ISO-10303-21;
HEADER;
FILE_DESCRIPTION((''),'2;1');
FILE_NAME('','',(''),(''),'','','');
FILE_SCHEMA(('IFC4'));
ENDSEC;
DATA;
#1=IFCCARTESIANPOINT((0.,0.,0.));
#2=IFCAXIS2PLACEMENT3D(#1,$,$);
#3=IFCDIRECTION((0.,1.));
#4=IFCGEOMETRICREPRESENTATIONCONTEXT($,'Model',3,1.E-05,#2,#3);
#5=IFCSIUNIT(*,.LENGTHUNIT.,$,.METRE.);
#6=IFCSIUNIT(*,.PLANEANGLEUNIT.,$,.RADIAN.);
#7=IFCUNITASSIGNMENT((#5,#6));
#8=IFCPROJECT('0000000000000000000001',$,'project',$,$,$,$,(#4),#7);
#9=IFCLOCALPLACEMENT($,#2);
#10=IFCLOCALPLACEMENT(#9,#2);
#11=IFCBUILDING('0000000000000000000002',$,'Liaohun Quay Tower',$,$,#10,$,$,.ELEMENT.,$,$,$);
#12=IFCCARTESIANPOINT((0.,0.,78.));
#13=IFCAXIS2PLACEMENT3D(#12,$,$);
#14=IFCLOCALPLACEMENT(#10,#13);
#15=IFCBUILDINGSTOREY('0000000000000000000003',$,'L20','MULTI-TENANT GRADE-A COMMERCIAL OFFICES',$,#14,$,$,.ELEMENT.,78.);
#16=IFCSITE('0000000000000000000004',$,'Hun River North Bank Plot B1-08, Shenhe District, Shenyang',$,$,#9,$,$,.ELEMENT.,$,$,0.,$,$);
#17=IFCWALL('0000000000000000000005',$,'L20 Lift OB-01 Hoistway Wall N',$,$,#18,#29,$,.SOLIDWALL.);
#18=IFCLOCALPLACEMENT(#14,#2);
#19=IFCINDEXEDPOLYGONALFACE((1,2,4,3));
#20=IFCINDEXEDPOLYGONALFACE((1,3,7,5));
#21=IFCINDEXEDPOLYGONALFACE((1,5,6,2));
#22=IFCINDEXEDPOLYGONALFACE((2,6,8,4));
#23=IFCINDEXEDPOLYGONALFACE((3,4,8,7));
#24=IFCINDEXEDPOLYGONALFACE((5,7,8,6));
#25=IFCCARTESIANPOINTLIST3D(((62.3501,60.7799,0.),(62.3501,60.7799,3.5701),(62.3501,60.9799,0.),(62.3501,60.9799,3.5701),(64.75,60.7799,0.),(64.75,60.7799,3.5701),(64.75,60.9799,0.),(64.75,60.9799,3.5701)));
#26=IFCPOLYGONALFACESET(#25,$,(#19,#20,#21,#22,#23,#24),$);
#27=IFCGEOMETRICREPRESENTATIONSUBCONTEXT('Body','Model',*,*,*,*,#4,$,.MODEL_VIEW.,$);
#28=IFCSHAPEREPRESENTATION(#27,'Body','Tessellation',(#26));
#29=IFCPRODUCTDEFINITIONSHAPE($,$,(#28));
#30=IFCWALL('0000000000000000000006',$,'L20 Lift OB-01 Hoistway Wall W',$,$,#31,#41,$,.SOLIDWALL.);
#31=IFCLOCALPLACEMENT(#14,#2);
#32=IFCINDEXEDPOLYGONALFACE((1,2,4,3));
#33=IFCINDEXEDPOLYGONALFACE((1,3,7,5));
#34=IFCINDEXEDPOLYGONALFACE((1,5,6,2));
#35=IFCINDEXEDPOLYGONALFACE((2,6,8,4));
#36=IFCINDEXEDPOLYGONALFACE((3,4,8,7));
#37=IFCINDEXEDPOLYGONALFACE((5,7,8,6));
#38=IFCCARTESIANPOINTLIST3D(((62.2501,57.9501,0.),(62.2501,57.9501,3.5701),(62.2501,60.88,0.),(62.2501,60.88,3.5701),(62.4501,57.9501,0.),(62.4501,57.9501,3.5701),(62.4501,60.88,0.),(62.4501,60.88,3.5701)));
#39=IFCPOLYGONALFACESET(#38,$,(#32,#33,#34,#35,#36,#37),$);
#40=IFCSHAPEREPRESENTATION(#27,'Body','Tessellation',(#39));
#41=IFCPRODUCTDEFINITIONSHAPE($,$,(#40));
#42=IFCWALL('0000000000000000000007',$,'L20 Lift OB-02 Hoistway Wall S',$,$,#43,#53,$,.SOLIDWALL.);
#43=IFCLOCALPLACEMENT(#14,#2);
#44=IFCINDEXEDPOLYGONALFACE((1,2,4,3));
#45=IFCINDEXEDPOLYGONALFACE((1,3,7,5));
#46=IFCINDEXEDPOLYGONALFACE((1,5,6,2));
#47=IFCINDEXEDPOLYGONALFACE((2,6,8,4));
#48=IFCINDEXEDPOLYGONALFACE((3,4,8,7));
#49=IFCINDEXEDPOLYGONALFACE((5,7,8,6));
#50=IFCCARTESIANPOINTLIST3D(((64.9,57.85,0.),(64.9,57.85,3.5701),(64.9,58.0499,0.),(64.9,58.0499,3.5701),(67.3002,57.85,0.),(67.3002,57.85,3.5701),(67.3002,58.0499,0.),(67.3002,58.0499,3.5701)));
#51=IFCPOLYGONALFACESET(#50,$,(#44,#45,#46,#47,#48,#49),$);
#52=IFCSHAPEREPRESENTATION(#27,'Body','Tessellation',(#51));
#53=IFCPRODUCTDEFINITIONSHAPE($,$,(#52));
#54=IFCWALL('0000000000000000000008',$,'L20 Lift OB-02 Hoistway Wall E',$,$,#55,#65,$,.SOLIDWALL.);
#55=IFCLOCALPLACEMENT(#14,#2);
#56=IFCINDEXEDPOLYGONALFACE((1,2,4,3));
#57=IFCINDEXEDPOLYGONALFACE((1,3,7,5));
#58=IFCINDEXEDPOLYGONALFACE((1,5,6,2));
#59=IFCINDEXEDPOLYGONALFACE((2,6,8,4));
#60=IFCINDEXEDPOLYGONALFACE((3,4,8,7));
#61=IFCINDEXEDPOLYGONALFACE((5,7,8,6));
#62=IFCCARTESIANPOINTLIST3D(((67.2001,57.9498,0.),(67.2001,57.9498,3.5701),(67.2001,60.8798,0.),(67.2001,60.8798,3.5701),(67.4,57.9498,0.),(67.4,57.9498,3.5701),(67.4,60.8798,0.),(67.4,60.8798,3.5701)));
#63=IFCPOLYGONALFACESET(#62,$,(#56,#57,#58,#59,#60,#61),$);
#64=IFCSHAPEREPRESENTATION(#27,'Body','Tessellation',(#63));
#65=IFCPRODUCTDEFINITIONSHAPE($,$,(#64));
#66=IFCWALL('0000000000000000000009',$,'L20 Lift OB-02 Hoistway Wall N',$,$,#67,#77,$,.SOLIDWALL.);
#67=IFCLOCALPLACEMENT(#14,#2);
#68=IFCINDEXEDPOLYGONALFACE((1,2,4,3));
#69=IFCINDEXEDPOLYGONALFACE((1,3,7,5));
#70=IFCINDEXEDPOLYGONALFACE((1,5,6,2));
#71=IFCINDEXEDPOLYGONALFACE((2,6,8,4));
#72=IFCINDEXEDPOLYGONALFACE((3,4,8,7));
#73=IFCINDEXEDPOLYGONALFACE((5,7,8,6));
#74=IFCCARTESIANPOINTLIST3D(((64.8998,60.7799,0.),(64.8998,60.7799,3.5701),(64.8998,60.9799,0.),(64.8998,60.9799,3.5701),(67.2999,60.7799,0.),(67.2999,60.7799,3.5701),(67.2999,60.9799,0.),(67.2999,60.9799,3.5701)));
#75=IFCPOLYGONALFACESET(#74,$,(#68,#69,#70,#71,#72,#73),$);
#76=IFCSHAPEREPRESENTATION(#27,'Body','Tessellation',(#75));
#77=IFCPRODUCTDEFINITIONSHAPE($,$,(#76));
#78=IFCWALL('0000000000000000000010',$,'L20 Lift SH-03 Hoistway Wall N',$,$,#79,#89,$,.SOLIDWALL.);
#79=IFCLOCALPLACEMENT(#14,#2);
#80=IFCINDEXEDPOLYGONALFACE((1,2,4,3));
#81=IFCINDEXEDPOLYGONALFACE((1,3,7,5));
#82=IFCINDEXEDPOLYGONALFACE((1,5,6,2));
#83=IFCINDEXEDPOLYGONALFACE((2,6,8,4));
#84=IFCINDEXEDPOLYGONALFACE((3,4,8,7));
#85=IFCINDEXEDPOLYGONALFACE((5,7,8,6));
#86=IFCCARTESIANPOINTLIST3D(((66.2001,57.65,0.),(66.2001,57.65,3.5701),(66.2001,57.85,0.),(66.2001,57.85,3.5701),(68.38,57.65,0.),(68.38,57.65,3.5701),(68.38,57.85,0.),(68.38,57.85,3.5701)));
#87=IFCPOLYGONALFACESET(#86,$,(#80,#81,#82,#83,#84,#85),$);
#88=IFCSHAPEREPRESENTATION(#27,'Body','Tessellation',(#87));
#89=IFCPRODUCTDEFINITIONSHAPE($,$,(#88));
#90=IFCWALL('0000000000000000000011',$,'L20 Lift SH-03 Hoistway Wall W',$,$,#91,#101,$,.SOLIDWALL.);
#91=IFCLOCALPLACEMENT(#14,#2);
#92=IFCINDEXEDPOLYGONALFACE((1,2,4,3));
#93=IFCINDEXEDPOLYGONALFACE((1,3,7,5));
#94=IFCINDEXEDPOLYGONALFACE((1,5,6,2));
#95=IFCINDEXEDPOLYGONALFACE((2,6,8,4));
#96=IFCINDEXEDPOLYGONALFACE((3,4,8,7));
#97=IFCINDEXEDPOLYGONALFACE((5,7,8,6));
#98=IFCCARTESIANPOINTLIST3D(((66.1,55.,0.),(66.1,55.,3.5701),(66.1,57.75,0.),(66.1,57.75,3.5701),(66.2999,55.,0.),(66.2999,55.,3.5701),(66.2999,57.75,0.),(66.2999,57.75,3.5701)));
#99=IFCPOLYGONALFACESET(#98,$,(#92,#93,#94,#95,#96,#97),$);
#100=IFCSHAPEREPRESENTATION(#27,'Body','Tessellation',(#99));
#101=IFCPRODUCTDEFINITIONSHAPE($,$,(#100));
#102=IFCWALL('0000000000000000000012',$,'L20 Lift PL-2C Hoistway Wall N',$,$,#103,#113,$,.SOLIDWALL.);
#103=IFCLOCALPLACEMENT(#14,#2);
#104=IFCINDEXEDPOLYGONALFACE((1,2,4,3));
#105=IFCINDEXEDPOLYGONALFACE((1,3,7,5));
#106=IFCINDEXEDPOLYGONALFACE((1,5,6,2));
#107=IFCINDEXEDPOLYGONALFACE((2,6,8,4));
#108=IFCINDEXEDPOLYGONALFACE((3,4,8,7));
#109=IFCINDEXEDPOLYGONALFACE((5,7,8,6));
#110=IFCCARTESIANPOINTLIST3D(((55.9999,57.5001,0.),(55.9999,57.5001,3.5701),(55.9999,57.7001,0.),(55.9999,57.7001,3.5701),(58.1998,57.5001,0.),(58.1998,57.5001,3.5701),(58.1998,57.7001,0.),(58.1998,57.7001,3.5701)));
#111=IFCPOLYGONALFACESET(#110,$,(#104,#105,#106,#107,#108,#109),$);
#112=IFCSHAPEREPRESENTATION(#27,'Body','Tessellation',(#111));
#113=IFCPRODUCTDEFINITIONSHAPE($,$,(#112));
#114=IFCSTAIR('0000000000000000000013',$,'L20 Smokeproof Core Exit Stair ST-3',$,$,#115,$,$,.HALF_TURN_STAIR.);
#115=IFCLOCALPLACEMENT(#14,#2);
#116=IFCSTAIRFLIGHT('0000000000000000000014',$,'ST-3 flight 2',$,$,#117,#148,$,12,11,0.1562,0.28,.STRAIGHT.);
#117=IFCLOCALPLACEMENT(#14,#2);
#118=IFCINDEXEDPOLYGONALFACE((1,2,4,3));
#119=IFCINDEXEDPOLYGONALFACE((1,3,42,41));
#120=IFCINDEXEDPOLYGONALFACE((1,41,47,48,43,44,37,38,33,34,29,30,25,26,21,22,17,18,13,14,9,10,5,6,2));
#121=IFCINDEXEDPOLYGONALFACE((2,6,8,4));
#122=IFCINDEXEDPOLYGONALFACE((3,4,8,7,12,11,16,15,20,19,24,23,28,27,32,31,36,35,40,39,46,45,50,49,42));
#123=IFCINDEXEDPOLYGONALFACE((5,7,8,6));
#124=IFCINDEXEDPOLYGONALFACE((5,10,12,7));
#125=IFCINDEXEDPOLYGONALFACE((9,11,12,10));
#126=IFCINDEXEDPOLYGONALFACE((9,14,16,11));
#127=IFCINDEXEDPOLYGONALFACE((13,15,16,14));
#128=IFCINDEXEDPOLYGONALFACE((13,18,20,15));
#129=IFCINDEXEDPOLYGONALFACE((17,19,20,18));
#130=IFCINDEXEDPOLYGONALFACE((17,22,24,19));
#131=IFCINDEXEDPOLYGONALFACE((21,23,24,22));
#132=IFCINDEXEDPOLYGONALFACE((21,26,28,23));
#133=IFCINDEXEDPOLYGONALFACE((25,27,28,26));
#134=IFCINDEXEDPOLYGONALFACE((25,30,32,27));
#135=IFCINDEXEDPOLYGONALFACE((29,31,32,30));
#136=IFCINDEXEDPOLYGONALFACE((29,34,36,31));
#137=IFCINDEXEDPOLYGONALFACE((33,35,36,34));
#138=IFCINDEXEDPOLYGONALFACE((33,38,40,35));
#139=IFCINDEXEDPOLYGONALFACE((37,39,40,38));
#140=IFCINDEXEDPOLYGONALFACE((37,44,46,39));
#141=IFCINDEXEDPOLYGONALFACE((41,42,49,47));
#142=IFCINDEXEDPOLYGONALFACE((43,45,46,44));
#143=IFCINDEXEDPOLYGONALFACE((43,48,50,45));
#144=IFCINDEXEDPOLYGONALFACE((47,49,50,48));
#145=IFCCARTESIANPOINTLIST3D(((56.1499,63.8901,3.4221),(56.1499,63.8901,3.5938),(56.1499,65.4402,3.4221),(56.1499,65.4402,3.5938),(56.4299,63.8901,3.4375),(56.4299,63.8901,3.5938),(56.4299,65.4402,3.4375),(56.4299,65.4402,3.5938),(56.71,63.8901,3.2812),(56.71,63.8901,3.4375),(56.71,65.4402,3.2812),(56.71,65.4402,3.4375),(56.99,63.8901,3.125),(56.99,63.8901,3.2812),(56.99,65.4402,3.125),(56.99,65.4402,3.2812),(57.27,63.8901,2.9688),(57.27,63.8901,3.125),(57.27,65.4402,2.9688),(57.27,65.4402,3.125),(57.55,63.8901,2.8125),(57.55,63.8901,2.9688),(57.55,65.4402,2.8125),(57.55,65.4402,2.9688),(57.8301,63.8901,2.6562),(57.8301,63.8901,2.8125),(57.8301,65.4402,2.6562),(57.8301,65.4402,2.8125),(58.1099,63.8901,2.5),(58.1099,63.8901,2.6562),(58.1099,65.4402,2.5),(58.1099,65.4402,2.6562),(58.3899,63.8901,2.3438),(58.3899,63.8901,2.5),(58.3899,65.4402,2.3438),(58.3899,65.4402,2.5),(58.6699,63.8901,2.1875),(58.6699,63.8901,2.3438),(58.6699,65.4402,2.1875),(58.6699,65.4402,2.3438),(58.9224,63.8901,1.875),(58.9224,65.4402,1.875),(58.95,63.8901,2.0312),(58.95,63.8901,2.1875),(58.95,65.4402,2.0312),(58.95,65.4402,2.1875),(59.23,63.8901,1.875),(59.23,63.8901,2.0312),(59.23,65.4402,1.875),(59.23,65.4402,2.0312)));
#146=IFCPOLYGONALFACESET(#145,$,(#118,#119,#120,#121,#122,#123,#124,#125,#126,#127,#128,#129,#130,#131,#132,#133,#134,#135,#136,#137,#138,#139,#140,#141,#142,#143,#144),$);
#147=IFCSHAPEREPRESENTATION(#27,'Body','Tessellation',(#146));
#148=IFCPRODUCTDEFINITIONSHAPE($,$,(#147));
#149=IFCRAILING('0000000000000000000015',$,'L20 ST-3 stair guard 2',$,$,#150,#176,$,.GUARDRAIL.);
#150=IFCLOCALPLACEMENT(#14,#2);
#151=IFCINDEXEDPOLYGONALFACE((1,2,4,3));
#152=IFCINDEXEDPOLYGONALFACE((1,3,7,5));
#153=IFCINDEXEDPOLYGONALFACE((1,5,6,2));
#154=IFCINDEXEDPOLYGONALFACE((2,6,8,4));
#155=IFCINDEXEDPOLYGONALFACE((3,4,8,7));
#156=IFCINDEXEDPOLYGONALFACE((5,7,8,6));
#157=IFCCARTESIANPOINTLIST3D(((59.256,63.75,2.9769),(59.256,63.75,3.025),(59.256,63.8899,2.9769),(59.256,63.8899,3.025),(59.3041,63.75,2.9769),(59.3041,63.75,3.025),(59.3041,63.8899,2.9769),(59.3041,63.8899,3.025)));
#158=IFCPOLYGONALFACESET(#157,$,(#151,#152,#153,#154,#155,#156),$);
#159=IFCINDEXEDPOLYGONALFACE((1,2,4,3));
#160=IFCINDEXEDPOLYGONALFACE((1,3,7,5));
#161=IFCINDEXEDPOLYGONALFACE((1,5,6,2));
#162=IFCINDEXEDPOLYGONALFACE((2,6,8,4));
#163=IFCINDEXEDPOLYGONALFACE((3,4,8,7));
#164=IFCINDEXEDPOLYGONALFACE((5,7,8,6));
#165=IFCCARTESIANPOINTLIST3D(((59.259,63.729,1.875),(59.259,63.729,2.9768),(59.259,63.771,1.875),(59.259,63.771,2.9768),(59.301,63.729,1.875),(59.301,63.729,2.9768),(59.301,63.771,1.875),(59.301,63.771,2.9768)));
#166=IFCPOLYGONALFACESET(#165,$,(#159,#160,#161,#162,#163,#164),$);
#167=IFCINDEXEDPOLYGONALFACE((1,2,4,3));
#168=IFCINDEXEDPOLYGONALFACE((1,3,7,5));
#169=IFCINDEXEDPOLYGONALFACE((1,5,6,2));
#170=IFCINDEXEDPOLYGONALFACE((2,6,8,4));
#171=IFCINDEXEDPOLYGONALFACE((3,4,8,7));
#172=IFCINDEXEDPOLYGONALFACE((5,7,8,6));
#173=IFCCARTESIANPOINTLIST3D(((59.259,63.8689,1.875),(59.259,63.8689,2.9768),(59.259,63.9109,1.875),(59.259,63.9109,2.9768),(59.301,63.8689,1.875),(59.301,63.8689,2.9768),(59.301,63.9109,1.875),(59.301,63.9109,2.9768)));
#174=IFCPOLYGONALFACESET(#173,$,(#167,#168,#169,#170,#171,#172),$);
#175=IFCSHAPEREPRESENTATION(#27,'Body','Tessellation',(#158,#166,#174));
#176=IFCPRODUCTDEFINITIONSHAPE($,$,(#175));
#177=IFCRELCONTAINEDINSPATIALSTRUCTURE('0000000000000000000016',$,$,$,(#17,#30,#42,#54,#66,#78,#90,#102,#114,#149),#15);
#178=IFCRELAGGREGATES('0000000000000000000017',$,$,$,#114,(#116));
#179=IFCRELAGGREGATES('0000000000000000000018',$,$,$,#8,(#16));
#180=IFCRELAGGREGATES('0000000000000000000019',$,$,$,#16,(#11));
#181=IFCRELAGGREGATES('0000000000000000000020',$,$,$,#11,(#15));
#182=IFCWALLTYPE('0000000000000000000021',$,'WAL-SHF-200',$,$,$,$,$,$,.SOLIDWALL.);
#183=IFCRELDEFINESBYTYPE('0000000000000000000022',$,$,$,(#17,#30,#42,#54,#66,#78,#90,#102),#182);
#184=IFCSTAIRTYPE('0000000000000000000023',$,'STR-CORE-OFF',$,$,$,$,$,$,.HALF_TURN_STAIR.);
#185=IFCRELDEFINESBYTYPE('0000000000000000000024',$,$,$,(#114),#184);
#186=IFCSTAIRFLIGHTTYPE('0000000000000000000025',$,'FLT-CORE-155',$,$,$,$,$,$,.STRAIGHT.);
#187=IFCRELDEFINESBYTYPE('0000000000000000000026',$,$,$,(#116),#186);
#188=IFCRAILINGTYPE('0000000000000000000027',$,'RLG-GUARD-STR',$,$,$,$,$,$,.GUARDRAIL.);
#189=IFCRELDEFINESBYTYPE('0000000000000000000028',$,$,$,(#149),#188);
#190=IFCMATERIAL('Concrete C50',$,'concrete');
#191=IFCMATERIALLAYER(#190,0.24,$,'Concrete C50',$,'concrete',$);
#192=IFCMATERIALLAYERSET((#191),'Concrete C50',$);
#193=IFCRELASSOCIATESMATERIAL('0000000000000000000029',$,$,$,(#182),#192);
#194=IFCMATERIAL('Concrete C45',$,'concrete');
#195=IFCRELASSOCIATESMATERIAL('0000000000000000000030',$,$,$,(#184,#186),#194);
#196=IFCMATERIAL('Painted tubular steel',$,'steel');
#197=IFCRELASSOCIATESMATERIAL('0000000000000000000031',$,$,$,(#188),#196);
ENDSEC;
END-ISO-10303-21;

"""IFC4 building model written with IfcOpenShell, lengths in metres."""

from ifc_helpers import new_model, si_unit, direction, frame, frame_2d, origin, origin_2d, place, context, subcontext, project, spatial, polyline, rectangle, outline, extrude, material, layer, layer_set, type_object, element, aggregate, save


model = new_model("IFC4")

# Units and contexts
model_context = context("Model", 3, precision=1e-05, world=origin(), true_north=direction((0.0, 1.0)))
body_context = subcontext(model_context, "Body", "Model", "MODEL_VIEW")
ifc_project = project(units=[si_unit("LENGTHUNIT", "METRE"), si_unit("PLANEANGLEUNIT", "RADIAN")], contexts=[model_context])

# Site, building, storey
site_placement = place(None, origin())
site = spatial("IfcSite", under=ifc_project, at=site_placement, Name="Hun River North Bank Plot B1-08, Shenhe District, Shenyang", CompositionType="ELEMENT", RefElevation=0.0)
building_placement = place(site_placement, origin())
building = spatial("IfcBuilding", under=site, at=building_placement, Name="Liaohun Quay Tower", CompositionType="ELEMENT")
storey_placement = place(building_placement, frame((0.0, 0.0, 78.0)))
storey = spatial("IfcBuildingStorey", under=building, at=storey_placement, Name="L20", Description="MULTI-TENANT GRADE-A COMMERCIAL OFFICES", CompositionType="ELEMENT", Elevation=78.0)

# Shared definitions
ifc_material_1 = material(Name="Concrete C50", Category="concrete")
ifc_layer_1 = layer(ifc_material_1, 0.24, Name="Concrete C50", Category="concrete")
ifc_layer_set_1 = layer_set([ifc_layer_1], Name="Concrete C50")
wall_type_1 = type_object("IfcWallType", Name="WAL-SHF-200", PredefinedType="SOLIDWALL", material=ifc_layer_set_1)

# Walls
wall_1_placement = place(storey_placement, frame((64.75, 60.8799, 0.0), z_axis=(0.0, 0.0, 1.0), x_axis=(-1.0, 0.0, 0.0)))
element("IfcWall", 1, at=wall_1_placement, inside=storey, type_object=wall_type_1, Name="L20 Lift OB-01 Hoistway Wall N", PredefinedType="SOLIDWALL", context=body_context, shape_type="SweptSolid", body=[
    extrude(rectangle(XDim=2.3999, YDim=0.2, at=frame_2d((1.2, 0.0))), origin(), (0.0, 0.0, 1.0), 3.5701),
])
wall_2_placement = place(storey_placement, frame((62.3501, 60.8799, 0.0), z_axis=(0.0, 0.0, 1.0), x_axis=(0.0, -1.0, 0.0)))
element("IfcWall", 2, at=wall_2_placement, inside=storey, type_object=wall_type_1, Name="L20 Lift OB-01 Hoistway Wall W", PredefinedType="SOLIDWALL", context=body_context, shape_type="SweptSolid", body=[
    extrude(rectangle(XDim=2.9299, YDim=0.2, at=frame_2d((1.4648, 0.0))), origin(), (0.0, 0.0, 1.0), 3.5701),
])
wall_3_placement = place(storey_placement, frame((64.8999, 57.95, 0.0), z_axis=(0.0, 0.0, 1.0), x_axis=(1.0, 0.0, 0.0)))
element("IfcWall", 3, at=wall_3_placement, inside=storey, type_object=wall_type_1, Name="L20 Lift OB-02 Hoistway Wall S", PredefinedType="SOLIDWALL", context=body_context, shape_type="SweptSolid", body=[
    extrude(rectangle(XDim=2.4001, YDim=0.2, at=frame_2d((1.2002, 0.0))), origin(), (0.0, 0.0, 1.0), 3.5701),
])
wall_4_placement = place(storey_placement, frame((67.3, 57.95, 0.0), z_axis=(0.0, 0.0, 1.0), x_axis=(0.0, 1.0, 0.0)))
element("IfcWall", 4, at=wall_4_placement, inside=storey, type_object=wall_type_1, Name="L20 Lift OB-02 Hoistway Wall E", PredefinedType="SOLIDWALL", context=body_context, shape_type="SweptSolid", body=[
    extrude(rectangle(XDim=2.9299, YDim=0.2, at=frame_2d((1.4648, 0.0))), origin(), (0.0, 0.0, 1.0), 3.5701),
])
wall_5_placement = place(storey_placement, frame((67.3, 60.8799, 0.0), z_axis=(0.0, 0.0, 1.0), x_axis=(-1.0, 0.0, 0.0)))
element("IfcWall", 5, at=wall_5_placement, inside=storey, type_object=wall_type_1, Name="L20 Lift OB-02 Hoistway Wall N", PredefinedType="SOLIDWALL", context=body_context, shape_type="SweptSolid", body=[
    extrude(rectangle(XDim=2.4001, YDim=0.2, at=frame_2d((1.2002, 0.0))), origin(), (0.0, 0.0, 1.0), 3.5701),
])
wall_6_placement = place(storey_placement, frame((68.3799, 57.75, 0.0), z_axis=(0.0, 0.0, 1.0), x_axis=(-1.0, 0.0, 0.0)))
element("IfcWall", 6, at=wall_6_placement, inside=storey, type_object=wall_type_1, Name="L20 Lift SH-03 Hoistway Wall N", PredefinedType="SOLIDWALL", context=body_context, shape_type="SweptSolid", body=[
    extrude(rectangle(XDim=2.1799, YDim=0.2, at=frame_2d((1.0898, 0.0))), origin(), (0.0, 0.0, 1.0), 3.5701),
])
wall_7_placement = place(storey_placement, frame((66.2, 57.75, 0.0), z_axis=(0.0, 0.0, 1.0), x_axis=(0.0, -1.0, 0.0)))
element("IfcWall", 7, at=wall_7_placement, inside=storey, type_object=wall_type_1, Name="L20 Lift SH-03 Hoistway Wall W", PredefinedType="SOLIDWALL", context=body_context, shape_type="SweptSolid", body=[
    extrude(rectangle(XDim=2.75, YDim=0.2, at=frame_2d((1.375, 0.0))), origin(), (0.0, 0.0, 1.0), 3.5701),
])
wall_8_placement = place(storey_placement, frame((58.2, 57.6001, 0.0), z_axis=(0.0, 0.0, 1.0), x_axis=(-1.0, 0.0, 0.0)))
element("IfcWall", 8, at=wall_8_placement, inside=storey, type_object=wall_type_1, Name="L20 Lift PL-2C Hoistway Wall N", PredefinedType="SOLIDWALL", context=body_context, shape_type="SweptSolid", body=[
    extrude(rectangle(XDim=2.2, YDim=0.2, at=frame_2d((1.1001, 0.0))), origin(), (0.0, 0.0, 1.0), 3.5701),
])

# Stair, stair flight
ifc_material_2 = material(Name="Concrete C45", Category="concrete")
stair_type = type_object("IfcStairType", Name="STR-CORE-OFF", PredefinedType="HALF_TURN_STAIR", material=ifc_material_2)
stair_placement = place(storey_placement, origin())
stair = element("IfcStair", 9, at=stair_placement, inside=storey, type_object=stair_type, Name="L20 Smokeproof Core Exit Stair ST-3", PredefinedType="HALF_TURN_STAIR")
stair_flight_type = type_object("IfcStairFlightType", Name="FLT-CORE-155", PredefinedType="STRAIGHT", material=ifc_material_2)
stair_flight_placement = place(storey_placement, frame((59.23, 64.665, 1.875), z_axis=(0.0, 0.0, 1.0), x_axis=(-1.0, 0.0, 0.0)))
stair_flight = element("IfcStairFlight", 10, at=stair_flight_placement, type_object=stair_flight_type, Name="ST-3 flight 2", NumberOfRisers=12, NumberOfTreads=11, PredefinedType="STRAIGHT", RiserHeight=0.1562, TreadLength=0.28, context=body_context, shape_type="SweptSolid", body=[
    extrude(outline(polyline([(0.0, 0.0), (0.0, 0.1562), (0.28, 0.1562), (0.28, 0.3125), (0.5601, 0.3125), (0.5601, 0.4688), (0.8401, 0.4688), (0.8401, 0.625), (1.1201, 0.625), (1.1201, 0.7812), (1.3999, 0.7812), (1.3999, 0.9375), (1.6799, 0.9375), (1.6799, 1.0938), (1.96, 1.0938), (1.96, 1.25), (2.24, 1.25), (2.24, 1.4062), (2.52, 1.4062), (2.52, 1.5625), (2.8, 1.5625), (2.8, 1.7188), (3.0801, 1.7188), (3.0801, 1.875), (3.0801, 1.5471), (0.3076, 0.0), (0.0, 0.0)])), frame((0.0, 0.7749, 0.0), z_axis=(0.0, -1.0, 0.0), x_axis=(1.0, 0.0, 0.0)), (0.0, 0.0, 1.0), 1.55),
])
aggregate(stair, [stair_flight])

# Railing
ifc_material_3 = material(Name="Painted tubular steel", Category="steel")
railing_type_1 = type_object("IfcRailingType", Name="RLG-GUARD-STR", PredefinedType="GUARDRAIL", material=ifc_material_3)
railing_1_placement = place(storey_placement, frame((59.28, 63.75, 1.875)))
element("IfcRailing", 11, at=railing_1_placement, inside=storey, type_object=railing_type_1, Name="L20 ST-3 stair guard 2", PredefinedType="GUARDRAIL", context=body_context, shape_type="SweptSolid", body=[
    extrude(rectangle(XDim=0.0481, YDim=0.0481, at=origin_2d()), frame((0.0, 0.0, 1.126), z_axis=(0.0, 1.0, 0.0), x_axis=(-1.0, 0.0, 0.0)), (0.0, 0.0, 1.0), 0.1399),
    extrude(rectangle(XDim=0.042, YDim=0.042, at=origin_2d()), origin(), (0.0, 0.0, 1.0), 1.1018),
    extrude(rectangle(XDim=0.042, YDim=0.042, at=origin_2d()), frame((0.0, 0.1399, 0.0)), (0.0, 0.0, 1.0), 1.1018),
])

save(model, "model.ifc")
